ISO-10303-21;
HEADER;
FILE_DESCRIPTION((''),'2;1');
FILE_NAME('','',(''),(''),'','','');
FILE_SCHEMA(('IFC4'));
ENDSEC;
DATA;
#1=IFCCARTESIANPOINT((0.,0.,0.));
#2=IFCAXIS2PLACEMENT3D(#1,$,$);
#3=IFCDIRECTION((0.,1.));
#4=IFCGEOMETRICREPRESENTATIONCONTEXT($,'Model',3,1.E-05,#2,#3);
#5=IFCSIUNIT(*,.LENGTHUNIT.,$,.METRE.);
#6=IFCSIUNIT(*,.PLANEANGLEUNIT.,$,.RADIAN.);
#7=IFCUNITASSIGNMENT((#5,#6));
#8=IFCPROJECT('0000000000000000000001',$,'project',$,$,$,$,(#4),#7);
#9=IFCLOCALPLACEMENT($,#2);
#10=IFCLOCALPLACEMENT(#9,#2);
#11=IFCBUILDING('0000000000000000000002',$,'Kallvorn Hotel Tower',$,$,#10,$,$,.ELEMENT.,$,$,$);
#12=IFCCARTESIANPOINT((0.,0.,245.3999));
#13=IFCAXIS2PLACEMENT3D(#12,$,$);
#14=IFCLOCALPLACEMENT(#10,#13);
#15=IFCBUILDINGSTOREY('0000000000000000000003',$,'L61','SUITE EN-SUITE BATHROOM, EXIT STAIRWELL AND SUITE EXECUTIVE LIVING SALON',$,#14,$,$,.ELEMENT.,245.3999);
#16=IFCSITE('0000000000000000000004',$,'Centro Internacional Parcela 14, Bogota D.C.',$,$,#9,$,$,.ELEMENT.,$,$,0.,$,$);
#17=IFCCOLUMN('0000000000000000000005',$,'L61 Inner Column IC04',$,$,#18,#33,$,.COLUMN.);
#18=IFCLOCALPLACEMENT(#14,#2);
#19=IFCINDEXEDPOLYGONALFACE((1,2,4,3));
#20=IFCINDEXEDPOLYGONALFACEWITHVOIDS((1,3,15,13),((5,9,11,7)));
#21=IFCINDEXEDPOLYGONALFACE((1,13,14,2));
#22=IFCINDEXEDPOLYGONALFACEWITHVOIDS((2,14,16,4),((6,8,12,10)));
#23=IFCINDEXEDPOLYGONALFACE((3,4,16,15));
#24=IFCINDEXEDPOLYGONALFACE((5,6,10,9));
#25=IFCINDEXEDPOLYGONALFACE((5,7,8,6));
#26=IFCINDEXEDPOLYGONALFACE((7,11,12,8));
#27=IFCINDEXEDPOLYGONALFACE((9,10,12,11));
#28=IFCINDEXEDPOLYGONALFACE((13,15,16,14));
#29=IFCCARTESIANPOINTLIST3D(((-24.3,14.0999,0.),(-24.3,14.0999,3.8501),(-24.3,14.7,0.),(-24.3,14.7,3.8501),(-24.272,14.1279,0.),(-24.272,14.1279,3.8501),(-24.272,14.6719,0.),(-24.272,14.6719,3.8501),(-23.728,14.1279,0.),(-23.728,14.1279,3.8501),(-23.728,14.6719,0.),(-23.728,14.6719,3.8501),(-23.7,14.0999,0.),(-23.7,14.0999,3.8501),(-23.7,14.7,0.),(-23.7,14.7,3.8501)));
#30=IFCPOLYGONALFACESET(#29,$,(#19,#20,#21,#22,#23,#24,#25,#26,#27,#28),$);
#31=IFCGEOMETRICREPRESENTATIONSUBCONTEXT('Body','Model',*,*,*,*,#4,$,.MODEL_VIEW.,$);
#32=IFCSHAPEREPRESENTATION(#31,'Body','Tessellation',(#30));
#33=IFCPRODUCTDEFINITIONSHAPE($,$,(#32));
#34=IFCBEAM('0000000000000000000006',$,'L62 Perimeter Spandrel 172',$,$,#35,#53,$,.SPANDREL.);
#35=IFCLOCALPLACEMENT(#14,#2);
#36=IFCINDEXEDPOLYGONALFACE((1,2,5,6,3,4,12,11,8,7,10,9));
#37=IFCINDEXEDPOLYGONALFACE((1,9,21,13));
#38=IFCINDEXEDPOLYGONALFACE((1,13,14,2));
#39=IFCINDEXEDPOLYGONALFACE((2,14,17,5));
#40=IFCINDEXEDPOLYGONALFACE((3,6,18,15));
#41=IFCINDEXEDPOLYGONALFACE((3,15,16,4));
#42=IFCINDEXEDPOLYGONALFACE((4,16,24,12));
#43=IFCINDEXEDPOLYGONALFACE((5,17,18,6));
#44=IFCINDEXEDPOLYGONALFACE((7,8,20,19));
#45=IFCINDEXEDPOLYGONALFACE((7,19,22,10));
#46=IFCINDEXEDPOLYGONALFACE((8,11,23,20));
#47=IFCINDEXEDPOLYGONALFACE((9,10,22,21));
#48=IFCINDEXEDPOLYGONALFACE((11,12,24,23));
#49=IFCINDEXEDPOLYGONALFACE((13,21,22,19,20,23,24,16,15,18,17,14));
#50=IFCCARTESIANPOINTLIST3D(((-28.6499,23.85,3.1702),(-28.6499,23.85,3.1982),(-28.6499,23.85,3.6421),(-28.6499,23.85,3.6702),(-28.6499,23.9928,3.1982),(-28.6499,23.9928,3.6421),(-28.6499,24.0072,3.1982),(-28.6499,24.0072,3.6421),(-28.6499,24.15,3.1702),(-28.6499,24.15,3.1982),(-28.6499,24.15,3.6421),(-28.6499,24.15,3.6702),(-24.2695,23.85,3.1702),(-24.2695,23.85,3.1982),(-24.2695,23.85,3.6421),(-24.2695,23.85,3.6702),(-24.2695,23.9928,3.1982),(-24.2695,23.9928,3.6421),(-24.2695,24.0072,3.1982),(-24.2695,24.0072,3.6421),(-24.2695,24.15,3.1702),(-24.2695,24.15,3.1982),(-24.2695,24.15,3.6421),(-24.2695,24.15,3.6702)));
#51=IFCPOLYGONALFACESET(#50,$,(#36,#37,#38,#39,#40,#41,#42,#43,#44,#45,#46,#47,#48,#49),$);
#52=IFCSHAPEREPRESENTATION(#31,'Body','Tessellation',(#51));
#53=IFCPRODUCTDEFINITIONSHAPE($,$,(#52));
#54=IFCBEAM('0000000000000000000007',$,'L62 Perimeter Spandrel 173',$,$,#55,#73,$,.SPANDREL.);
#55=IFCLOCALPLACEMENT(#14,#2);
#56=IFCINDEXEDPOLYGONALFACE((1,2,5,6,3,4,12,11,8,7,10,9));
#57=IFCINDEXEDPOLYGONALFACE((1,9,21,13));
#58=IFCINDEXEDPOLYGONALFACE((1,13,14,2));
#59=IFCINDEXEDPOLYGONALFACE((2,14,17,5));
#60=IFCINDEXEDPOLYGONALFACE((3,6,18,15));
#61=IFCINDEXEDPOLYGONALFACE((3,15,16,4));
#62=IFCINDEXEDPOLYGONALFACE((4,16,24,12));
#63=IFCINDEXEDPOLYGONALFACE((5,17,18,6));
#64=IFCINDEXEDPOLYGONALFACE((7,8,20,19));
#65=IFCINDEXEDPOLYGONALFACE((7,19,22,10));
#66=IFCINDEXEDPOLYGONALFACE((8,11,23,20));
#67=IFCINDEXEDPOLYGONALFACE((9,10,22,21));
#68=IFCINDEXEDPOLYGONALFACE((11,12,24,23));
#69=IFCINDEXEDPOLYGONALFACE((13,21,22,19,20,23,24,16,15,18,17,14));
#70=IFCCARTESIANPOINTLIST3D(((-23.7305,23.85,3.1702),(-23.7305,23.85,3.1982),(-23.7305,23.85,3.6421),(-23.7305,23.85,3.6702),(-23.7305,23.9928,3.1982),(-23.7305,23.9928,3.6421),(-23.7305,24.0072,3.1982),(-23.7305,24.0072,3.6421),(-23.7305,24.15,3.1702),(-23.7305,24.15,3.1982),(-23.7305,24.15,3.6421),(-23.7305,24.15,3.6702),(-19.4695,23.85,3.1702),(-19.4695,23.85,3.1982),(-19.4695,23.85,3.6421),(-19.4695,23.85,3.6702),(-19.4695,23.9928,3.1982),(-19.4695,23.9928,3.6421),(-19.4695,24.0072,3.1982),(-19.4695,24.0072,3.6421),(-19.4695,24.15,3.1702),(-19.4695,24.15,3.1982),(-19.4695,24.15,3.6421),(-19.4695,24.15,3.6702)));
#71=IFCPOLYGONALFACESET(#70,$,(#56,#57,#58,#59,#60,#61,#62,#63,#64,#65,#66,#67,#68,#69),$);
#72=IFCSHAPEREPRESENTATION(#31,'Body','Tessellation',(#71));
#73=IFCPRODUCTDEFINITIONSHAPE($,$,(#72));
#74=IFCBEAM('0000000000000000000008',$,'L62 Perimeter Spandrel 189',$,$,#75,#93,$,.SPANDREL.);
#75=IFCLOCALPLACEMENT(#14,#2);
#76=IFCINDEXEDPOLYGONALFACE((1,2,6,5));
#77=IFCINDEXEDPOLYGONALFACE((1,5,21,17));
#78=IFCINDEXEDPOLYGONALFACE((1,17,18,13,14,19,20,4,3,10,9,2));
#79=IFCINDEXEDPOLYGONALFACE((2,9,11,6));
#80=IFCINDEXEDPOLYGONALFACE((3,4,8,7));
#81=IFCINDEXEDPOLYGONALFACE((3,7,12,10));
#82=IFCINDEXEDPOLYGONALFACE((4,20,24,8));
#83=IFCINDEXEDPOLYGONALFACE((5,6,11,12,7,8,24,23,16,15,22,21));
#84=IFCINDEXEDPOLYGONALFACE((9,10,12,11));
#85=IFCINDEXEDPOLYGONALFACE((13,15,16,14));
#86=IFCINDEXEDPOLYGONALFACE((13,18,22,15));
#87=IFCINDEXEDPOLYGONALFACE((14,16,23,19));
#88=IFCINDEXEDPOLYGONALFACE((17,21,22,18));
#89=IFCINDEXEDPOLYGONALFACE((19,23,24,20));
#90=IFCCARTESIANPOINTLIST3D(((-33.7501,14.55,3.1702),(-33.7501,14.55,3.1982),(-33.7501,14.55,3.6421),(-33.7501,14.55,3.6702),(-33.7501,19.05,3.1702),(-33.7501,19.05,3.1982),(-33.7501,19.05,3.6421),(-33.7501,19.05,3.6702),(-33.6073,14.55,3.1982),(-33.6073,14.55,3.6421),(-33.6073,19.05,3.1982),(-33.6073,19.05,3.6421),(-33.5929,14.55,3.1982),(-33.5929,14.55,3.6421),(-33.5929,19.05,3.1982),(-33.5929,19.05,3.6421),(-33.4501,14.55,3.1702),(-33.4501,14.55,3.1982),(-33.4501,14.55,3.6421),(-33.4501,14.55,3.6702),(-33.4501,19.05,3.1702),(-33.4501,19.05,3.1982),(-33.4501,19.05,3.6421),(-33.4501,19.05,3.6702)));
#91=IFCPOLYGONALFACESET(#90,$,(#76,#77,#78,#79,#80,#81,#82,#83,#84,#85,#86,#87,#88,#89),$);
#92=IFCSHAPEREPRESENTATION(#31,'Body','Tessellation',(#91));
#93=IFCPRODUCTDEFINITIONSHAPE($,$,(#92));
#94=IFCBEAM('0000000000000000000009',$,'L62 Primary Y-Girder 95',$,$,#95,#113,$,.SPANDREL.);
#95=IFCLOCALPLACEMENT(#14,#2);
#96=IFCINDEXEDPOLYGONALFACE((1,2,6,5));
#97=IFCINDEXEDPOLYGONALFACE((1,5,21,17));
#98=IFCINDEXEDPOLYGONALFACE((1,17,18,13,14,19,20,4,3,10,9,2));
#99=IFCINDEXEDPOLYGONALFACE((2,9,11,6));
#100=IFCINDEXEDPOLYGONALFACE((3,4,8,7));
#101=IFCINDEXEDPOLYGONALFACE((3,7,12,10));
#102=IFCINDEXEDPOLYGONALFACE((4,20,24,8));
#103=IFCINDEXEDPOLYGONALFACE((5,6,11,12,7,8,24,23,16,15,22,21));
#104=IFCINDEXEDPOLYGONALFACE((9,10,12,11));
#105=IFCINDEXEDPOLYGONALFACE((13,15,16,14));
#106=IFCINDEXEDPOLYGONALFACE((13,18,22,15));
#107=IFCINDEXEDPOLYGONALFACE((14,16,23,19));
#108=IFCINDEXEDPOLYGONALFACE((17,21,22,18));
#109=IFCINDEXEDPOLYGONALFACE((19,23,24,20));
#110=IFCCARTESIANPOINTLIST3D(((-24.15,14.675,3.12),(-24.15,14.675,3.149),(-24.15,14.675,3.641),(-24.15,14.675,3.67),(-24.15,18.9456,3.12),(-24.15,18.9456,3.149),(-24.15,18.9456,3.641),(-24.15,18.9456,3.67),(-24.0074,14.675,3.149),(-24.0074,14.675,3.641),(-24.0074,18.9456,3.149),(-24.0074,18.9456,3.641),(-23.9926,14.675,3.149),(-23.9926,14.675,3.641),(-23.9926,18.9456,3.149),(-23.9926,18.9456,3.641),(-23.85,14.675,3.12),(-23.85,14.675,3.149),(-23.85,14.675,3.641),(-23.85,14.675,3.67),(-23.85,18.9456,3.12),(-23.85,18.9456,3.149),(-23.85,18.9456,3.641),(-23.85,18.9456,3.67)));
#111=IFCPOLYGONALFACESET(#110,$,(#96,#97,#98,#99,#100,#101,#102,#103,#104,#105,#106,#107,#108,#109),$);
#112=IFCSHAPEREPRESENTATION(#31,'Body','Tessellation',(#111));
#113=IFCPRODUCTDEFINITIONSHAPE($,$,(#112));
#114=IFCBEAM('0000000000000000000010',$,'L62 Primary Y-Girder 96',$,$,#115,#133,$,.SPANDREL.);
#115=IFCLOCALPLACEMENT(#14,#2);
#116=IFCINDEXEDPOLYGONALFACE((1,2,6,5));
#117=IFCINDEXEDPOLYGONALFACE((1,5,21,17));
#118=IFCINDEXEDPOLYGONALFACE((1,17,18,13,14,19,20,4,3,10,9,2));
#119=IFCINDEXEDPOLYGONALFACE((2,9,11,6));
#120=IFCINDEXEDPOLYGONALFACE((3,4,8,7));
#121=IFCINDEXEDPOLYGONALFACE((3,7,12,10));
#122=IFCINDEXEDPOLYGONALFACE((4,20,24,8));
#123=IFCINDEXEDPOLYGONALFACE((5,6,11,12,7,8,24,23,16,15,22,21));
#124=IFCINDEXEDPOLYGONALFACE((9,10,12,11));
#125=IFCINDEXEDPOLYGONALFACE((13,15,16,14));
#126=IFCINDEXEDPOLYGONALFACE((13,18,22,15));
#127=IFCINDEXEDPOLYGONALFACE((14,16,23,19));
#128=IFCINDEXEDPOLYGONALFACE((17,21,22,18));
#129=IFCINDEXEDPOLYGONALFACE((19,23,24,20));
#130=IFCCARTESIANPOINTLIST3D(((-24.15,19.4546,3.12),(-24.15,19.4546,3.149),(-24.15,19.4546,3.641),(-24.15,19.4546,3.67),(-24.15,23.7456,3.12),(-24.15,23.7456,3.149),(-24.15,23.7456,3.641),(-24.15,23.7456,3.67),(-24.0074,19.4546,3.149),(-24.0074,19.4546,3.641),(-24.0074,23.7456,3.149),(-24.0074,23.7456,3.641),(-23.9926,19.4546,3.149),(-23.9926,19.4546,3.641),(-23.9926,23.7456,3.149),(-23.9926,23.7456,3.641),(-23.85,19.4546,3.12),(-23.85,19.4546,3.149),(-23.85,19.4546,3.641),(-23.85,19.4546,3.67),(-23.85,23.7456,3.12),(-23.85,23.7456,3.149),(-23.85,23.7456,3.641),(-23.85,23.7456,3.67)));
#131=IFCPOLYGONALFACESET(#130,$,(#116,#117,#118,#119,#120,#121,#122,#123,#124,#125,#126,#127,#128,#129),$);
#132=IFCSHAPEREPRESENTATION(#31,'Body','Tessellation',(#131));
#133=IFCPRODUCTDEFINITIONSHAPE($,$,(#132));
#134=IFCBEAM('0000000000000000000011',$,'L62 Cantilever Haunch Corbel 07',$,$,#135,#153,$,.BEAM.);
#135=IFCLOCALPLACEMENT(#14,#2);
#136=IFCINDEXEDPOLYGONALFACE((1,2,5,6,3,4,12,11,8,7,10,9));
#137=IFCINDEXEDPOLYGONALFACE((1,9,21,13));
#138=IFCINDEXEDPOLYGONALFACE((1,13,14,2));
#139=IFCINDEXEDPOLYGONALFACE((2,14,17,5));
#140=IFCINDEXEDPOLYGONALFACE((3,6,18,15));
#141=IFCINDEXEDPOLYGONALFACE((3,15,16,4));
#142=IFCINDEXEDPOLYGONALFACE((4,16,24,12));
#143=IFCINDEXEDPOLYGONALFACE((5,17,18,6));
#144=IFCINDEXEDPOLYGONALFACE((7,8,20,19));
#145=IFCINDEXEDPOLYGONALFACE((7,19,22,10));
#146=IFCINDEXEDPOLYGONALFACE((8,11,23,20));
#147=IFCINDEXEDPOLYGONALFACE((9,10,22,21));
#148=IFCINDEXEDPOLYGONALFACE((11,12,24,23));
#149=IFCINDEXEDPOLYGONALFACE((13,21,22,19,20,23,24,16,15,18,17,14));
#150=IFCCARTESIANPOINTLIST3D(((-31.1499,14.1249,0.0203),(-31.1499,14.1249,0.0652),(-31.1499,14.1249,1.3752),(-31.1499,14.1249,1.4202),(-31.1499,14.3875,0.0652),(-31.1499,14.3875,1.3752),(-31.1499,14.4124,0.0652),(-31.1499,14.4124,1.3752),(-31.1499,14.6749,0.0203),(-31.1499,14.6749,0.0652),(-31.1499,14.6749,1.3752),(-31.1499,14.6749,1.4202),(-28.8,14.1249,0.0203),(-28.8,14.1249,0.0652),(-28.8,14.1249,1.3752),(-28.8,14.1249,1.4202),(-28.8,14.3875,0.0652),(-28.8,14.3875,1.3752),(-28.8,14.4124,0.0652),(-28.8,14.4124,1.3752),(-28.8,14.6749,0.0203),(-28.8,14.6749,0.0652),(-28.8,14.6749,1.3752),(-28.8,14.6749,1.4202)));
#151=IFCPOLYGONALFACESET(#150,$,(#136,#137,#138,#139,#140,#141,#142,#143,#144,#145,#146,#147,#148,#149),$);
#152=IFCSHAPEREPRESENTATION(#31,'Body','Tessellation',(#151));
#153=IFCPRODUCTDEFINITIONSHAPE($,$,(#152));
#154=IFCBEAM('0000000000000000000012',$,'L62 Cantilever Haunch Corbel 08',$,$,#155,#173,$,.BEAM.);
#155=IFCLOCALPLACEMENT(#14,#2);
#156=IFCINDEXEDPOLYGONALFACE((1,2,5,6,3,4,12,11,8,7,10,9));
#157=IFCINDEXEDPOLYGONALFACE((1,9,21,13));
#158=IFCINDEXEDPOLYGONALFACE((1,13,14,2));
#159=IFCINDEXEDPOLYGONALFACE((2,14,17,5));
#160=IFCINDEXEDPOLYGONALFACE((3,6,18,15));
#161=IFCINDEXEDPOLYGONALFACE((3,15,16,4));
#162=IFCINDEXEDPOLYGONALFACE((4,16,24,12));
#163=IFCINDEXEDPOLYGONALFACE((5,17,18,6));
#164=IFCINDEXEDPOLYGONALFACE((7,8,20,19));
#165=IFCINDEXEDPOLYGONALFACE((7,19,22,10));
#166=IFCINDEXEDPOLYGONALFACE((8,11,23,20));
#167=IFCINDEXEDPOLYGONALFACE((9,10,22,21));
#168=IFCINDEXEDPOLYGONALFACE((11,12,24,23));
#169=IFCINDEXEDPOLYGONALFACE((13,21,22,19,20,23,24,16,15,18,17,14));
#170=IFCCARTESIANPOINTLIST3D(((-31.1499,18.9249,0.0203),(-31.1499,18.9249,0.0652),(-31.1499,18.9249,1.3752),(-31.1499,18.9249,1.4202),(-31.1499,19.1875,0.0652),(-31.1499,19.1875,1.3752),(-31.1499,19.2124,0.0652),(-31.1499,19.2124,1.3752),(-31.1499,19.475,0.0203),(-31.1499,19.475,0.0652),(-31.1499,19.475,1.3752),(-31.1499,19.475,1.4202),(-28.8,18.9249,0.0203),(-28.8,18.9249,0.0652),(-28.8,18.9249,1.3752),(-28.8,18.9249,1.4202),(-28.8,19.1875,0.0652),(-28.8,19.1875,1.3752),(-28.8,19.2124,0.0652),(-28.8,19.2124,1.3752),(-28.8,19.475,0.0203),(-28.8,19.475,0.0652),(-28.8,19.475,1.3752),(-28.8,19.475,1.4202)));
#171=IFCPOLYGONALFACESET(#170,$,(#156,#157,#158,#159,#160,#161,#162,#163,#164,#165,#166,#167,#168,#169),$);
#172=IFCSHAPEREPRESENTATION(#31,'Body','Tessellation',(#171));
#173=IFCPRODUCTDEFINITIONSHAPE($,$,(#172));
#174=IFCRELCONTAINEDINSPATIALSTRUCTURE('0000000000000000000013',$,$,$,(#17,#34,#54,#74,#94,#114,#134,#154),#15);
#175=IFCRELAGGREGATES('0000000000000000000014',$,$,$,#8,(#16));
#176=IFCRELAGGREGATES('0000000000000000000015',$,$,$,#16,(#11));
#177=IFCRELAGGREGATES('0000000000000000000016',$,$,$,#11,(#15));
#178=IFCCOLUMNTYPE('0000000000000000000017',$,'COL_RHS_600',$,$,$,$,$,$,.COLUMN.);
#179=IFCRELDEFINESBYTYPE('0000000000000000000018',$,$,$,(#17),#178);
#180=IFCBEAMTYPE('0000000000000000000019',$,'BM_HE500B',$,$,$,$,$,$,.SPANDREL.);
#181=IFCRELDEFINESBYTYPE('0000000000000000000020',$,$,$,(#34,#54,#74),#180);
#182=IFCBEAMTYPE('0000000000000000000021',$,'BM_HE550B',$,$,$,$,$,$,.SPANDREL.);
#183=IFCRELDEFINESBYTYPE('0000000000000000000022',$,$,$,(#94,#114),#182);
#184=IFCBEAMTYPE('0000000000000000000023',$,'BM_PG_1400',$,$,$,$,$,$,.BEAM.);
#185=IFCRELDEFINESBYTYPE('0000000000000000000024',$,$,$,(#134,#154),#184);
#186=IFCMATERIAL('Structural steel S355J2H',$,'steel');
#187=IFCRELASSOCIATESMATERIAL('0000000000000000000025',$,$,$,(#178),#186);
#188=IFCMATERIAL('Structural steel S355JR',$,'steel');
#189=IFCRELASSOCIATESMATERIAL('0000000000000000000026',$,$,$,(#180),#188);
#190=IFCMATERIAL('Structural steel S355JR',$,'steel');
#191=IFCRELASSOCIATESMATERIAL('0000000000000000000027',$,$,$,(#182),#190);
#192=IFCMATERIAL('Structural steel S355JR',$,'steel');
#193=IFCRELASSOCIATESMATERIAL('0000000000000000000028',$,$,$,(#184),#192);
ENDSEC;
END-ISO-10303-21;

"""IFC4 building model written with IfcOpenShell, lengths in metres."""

from ifc_helpers import new_model, si_unit, direction, frame, origin, origin_2d, place, context, subcontext, project, spatial, hollow_rectangle, i_section, extrude, material, material_profile, profile_set, type_object, element, save


model = new_model("IFC4")

# Units and contexts
model_context = context("Model", 3, precision=1e-05, world=origin(), true_north=direction((0.0, 1.0)))
body_context = subcontext(model_context, "Body", "Model", "MODEL_VIEW")
ifc_project = project(units=[si_unit("LENGTHUNIT", "METRE"), si_unit("PLANEANGLEUNIT", "RADIAN")], contexts=[model_context])

# Site, building, storey
site_placement = place(None, origin())
site = spatial("IfcSite", under=ifc_project, at=site_placement, Name="Centro Internacional Parcela 14, Bogota D.C.", CompositionType="ELEMENT", RefElevation=0.0)
building_placement = place(site_placement, origin())
building = spatial("IfcBuilding", under=site, at=building_placement, Name="Kallvorn Hotel Tower", CompositionType="ELEMENT")
storey_placement = place(building_placement, frame((0.0, 0.0, 245.3999)))
storey = spatial("IfcBuildingStorey", under=building, at=storey_placement, Name="L61", Description="SUITE EN-SUITE BATHROOM, EXIT STAIRWELL AND SUITE EXECUTIVE LIVING SALON", CompositionType="ELEMENT", Elevation=245.3999)

# Column
ifc_material_1 = material(Name="Structural steel S355J2H", Category="steel")
ifc_material_profile_1 = material_profile(ifc_material_1, hollow_rectangle(XDim=0.6001, YDim=0.6001, WallThickness=0.0281, at=origin_2d()), Name="RHS 600x600x28")
ifc_profile_set_1 = profile_set([ifc_material_profile_1], Name="Structural steel S355J2H")
column_type_1 = type_object("IfcColumnType", Name="COL_RHS_600", PredefinedType="COLUMN", material=ifc_profile_set_1)
column_placement = place(storey_placement, frame((-24.0, 14.3999, 0.0), z_axis=(0.0, 0.0, 1.0), x_axis=(1.0, 0.0, 0.0)))
element("IfcColumn", 1, at=column_placement, inside=storey, type_object=column_type_1, Name="L61 Inner Column IC04", PredefinedType="COLUMN", context=body_context, shape_type="SweptSolid", body=[
    extrude(hollow_rectangle(XDim=0.6001, YDim=0.6001, WallThickness=0.0281, at=origin_2d()), origin(), (0.0, 0.0, 1.0), 3.8501),
])

# Beams
ifc_material_2 = material(Name="Structural steel S355JR", Category="steel")
ifc_material_profile_2 = material_profile(ifc_material_2, i_section(OverallWidth=0.3, OverallDepth=0.5, WebThickness=0.0144, FlangeThickness=0.0281, at=origin_2d()), Name="HE 500 B")
ifc_profile_set_2 = profile_set([ifc_material_profile_2], Name="Structural steel S355JR")
beam_type_1 = type_object("IfcBeamType", Name="BM_HE500B", PredefinedType="SPANDREL", material=ifc_profile_set_2)
beam_1_placement = place(storey_placement, frame((-28.6499, 24.0, 3.4202), z_axis=(1.0, 0.0, 0.0), x_axis=(0.0, 1.0, 0.0)))
element("IfcBeam", 2, at=beam_1_placement, inside=storey, type_object=beam_type_1, Name="L62 Perimeter Spandrel 172", PredefinedType="SPANDREL", context=body_context, shape_type="SweptSolid", body=[
    extrude(i_section(OverallWidth=0.3, OverallDepth=0.5, WebThickness=0.0144, FlangeThickness=0.0281, at=origin_2d()), origin(), (0.0, 0.0, 1.0), 4.3804),
])
beam_2_placement = place(storey_placement, frame((-23.7305, 24.0, 3.4202), z_axis=(1.0, 0.0, 0.0), x_axis=(0.0, 1.0, 0.0)))
element("IfcBeam", 3, at=beam_2_placement, inside=storey, type_object=beam_type_1, Name="L62 Perimeter Spandrel 173", PredefinedType="SPANDREL", context=body_context, shape_type="SweptSolid", body=[
    extrude(i_section(OverallWidth=0.3, OverallDepth=0.5, WebThickness=0.0144, FlangeThickness=0.0281, at=origin_2d()), origin(), (0.0, 0.0, 1.0), 4.261),
])
beam_3_placement = place(storey_placement, frame((-33.6001, 14.55, 3.4202), z_axis=(0.0, 1.0, 0.0), x_axis=(-1.0, 0.0, 0.0)))
element("IfcBeam", 4, at=beam_3_placement, inside=storey, type_object=beam_type_1, Name="L62 Perimeter Spandrel 189", PredefinedType="SPANDREL", context=body_context, shape_type="SweptSolid", body=[
    extrude(i_section(OverallWidth=0.3, OverallDepth=0.5, WebThickness=0.0144, FlangeThickness=0.0281, at=origin_2d()), origin(), (0.0, 0.0, 1.0), 4.5),
])
ifc_material_3 = material(Name="Structural steel S355JR", Category="steel")
ifc_material_profile_3 = material_profile(ifc_material_3, i_section(OverallWidth=0.3, OverallDepth=0.55, WebThickness=0.0149, FlangeThickness=0.0291, at=origin_2d()), Name="HE 550 B")
ifc_profile_set_3 = profile_set([ifc_material_profile_3], Name="Structural steel S355JR")
beam_type_2 = type_object("IfcBeamType", Name="BM_HE550B", PredefinedType="SPANDREL", material=ifc_profile_set_3)
beam_4_placement = place(storey_placement, frame((-24.0, 14.675, 3.395), z_axis=(0.0, 1.0, 0.0), x_axis=(-1.0, 0.0, 0.0)))
element("IfcBeam", 5, at=beam_4_placement, inside=storey, type_object=beam_type_2, Name="L62 Primary Y-Girder 95", PredefinedType="SPANDREL", context=body_context, shape_type="SweptSolid", body=[
    extrude(i_section(OverallWidth=0.3, OverallDepth=0.55, WebThickness=0.0149, FlangeThickness=0.0291, at=origin_2d()), origin(), (0.0, 0.0, 1.0), 4.2705),
])
beam_5_placement = place(storey_placement, frame((-24.0, 19.4546, 3.395), z_axis=(0.0, 1.0, 0.0), x_axis=(-1.0, 0.0, 0.0)))
element("IfcBeam", 6, at=beam_5_placement, inside=storey, type_object=beam_type_2, Name="L62 Primary Y-Girder 96", PredefinedType="SPANDREL", context=body_context, shape_type="SweptSolid", body=[
    extrude(i_section(OverallWidth=0.3, OverallDepth=0.55, WebThickness=0.0149, FlangeThickness=0.0291, at=origin_2d()), origin(), (0.0, 0.0, 1.0), 4.291),
])
ifc_material_4 = material(Name="Structural steel S355JR", Category="steel")
ifc_material_profile_4 = material_profile(ifc_material_4, i_section(OverallWidth=0.55, OverallDepth=1.3999, WebThickness=0.0249, FlangeThickness=0.0449, at=origin_2d()), Name="PG 1400x550x25x45")
ifc_profile_set_4 = profile_set([ifc_material_profile_4], Name="Structural steel S355JR")
beam_type_3 = type_object("IfcBeamType", Name="BM_PG_1400", PredefinedType="BEAM", material=ifc_profile_set_4)
for number, where, z_axis, x_axis, name in (
    (7, (-28.8, 14.3999, 0.7202), (-1.0, 0.0, 0.0), (0.0, -1.0, 0.0), "L62 Cantilever Haunch Corbel 07"),
    (8, (-28.8, 19.2, 0.7202), (-1.0, 0.0, 0.0), (0.0, -1.0, 0.0), "L62 Cantilever Haunch Corbel 08"),
):
    element("IfcBeam", number, at=place(storey_placement, frame(where, z_axis=z_axis, x_axis=x_axis)), inside=storey, type_object=beam_type_3, Name=name, PredefinedType="BEAM", context=body_context, shape_type="SweptSolid", body=[
        extrude(i_section(OverallWidth=0.55, OverallDepth=1.3999, WebThickness=0.0249, FlangeThickness=0.0449, at=origin_2d()), origin(), (0.0, 0.0, 1.0), 2.3499),
    ])

save(model, "model.ifc")
